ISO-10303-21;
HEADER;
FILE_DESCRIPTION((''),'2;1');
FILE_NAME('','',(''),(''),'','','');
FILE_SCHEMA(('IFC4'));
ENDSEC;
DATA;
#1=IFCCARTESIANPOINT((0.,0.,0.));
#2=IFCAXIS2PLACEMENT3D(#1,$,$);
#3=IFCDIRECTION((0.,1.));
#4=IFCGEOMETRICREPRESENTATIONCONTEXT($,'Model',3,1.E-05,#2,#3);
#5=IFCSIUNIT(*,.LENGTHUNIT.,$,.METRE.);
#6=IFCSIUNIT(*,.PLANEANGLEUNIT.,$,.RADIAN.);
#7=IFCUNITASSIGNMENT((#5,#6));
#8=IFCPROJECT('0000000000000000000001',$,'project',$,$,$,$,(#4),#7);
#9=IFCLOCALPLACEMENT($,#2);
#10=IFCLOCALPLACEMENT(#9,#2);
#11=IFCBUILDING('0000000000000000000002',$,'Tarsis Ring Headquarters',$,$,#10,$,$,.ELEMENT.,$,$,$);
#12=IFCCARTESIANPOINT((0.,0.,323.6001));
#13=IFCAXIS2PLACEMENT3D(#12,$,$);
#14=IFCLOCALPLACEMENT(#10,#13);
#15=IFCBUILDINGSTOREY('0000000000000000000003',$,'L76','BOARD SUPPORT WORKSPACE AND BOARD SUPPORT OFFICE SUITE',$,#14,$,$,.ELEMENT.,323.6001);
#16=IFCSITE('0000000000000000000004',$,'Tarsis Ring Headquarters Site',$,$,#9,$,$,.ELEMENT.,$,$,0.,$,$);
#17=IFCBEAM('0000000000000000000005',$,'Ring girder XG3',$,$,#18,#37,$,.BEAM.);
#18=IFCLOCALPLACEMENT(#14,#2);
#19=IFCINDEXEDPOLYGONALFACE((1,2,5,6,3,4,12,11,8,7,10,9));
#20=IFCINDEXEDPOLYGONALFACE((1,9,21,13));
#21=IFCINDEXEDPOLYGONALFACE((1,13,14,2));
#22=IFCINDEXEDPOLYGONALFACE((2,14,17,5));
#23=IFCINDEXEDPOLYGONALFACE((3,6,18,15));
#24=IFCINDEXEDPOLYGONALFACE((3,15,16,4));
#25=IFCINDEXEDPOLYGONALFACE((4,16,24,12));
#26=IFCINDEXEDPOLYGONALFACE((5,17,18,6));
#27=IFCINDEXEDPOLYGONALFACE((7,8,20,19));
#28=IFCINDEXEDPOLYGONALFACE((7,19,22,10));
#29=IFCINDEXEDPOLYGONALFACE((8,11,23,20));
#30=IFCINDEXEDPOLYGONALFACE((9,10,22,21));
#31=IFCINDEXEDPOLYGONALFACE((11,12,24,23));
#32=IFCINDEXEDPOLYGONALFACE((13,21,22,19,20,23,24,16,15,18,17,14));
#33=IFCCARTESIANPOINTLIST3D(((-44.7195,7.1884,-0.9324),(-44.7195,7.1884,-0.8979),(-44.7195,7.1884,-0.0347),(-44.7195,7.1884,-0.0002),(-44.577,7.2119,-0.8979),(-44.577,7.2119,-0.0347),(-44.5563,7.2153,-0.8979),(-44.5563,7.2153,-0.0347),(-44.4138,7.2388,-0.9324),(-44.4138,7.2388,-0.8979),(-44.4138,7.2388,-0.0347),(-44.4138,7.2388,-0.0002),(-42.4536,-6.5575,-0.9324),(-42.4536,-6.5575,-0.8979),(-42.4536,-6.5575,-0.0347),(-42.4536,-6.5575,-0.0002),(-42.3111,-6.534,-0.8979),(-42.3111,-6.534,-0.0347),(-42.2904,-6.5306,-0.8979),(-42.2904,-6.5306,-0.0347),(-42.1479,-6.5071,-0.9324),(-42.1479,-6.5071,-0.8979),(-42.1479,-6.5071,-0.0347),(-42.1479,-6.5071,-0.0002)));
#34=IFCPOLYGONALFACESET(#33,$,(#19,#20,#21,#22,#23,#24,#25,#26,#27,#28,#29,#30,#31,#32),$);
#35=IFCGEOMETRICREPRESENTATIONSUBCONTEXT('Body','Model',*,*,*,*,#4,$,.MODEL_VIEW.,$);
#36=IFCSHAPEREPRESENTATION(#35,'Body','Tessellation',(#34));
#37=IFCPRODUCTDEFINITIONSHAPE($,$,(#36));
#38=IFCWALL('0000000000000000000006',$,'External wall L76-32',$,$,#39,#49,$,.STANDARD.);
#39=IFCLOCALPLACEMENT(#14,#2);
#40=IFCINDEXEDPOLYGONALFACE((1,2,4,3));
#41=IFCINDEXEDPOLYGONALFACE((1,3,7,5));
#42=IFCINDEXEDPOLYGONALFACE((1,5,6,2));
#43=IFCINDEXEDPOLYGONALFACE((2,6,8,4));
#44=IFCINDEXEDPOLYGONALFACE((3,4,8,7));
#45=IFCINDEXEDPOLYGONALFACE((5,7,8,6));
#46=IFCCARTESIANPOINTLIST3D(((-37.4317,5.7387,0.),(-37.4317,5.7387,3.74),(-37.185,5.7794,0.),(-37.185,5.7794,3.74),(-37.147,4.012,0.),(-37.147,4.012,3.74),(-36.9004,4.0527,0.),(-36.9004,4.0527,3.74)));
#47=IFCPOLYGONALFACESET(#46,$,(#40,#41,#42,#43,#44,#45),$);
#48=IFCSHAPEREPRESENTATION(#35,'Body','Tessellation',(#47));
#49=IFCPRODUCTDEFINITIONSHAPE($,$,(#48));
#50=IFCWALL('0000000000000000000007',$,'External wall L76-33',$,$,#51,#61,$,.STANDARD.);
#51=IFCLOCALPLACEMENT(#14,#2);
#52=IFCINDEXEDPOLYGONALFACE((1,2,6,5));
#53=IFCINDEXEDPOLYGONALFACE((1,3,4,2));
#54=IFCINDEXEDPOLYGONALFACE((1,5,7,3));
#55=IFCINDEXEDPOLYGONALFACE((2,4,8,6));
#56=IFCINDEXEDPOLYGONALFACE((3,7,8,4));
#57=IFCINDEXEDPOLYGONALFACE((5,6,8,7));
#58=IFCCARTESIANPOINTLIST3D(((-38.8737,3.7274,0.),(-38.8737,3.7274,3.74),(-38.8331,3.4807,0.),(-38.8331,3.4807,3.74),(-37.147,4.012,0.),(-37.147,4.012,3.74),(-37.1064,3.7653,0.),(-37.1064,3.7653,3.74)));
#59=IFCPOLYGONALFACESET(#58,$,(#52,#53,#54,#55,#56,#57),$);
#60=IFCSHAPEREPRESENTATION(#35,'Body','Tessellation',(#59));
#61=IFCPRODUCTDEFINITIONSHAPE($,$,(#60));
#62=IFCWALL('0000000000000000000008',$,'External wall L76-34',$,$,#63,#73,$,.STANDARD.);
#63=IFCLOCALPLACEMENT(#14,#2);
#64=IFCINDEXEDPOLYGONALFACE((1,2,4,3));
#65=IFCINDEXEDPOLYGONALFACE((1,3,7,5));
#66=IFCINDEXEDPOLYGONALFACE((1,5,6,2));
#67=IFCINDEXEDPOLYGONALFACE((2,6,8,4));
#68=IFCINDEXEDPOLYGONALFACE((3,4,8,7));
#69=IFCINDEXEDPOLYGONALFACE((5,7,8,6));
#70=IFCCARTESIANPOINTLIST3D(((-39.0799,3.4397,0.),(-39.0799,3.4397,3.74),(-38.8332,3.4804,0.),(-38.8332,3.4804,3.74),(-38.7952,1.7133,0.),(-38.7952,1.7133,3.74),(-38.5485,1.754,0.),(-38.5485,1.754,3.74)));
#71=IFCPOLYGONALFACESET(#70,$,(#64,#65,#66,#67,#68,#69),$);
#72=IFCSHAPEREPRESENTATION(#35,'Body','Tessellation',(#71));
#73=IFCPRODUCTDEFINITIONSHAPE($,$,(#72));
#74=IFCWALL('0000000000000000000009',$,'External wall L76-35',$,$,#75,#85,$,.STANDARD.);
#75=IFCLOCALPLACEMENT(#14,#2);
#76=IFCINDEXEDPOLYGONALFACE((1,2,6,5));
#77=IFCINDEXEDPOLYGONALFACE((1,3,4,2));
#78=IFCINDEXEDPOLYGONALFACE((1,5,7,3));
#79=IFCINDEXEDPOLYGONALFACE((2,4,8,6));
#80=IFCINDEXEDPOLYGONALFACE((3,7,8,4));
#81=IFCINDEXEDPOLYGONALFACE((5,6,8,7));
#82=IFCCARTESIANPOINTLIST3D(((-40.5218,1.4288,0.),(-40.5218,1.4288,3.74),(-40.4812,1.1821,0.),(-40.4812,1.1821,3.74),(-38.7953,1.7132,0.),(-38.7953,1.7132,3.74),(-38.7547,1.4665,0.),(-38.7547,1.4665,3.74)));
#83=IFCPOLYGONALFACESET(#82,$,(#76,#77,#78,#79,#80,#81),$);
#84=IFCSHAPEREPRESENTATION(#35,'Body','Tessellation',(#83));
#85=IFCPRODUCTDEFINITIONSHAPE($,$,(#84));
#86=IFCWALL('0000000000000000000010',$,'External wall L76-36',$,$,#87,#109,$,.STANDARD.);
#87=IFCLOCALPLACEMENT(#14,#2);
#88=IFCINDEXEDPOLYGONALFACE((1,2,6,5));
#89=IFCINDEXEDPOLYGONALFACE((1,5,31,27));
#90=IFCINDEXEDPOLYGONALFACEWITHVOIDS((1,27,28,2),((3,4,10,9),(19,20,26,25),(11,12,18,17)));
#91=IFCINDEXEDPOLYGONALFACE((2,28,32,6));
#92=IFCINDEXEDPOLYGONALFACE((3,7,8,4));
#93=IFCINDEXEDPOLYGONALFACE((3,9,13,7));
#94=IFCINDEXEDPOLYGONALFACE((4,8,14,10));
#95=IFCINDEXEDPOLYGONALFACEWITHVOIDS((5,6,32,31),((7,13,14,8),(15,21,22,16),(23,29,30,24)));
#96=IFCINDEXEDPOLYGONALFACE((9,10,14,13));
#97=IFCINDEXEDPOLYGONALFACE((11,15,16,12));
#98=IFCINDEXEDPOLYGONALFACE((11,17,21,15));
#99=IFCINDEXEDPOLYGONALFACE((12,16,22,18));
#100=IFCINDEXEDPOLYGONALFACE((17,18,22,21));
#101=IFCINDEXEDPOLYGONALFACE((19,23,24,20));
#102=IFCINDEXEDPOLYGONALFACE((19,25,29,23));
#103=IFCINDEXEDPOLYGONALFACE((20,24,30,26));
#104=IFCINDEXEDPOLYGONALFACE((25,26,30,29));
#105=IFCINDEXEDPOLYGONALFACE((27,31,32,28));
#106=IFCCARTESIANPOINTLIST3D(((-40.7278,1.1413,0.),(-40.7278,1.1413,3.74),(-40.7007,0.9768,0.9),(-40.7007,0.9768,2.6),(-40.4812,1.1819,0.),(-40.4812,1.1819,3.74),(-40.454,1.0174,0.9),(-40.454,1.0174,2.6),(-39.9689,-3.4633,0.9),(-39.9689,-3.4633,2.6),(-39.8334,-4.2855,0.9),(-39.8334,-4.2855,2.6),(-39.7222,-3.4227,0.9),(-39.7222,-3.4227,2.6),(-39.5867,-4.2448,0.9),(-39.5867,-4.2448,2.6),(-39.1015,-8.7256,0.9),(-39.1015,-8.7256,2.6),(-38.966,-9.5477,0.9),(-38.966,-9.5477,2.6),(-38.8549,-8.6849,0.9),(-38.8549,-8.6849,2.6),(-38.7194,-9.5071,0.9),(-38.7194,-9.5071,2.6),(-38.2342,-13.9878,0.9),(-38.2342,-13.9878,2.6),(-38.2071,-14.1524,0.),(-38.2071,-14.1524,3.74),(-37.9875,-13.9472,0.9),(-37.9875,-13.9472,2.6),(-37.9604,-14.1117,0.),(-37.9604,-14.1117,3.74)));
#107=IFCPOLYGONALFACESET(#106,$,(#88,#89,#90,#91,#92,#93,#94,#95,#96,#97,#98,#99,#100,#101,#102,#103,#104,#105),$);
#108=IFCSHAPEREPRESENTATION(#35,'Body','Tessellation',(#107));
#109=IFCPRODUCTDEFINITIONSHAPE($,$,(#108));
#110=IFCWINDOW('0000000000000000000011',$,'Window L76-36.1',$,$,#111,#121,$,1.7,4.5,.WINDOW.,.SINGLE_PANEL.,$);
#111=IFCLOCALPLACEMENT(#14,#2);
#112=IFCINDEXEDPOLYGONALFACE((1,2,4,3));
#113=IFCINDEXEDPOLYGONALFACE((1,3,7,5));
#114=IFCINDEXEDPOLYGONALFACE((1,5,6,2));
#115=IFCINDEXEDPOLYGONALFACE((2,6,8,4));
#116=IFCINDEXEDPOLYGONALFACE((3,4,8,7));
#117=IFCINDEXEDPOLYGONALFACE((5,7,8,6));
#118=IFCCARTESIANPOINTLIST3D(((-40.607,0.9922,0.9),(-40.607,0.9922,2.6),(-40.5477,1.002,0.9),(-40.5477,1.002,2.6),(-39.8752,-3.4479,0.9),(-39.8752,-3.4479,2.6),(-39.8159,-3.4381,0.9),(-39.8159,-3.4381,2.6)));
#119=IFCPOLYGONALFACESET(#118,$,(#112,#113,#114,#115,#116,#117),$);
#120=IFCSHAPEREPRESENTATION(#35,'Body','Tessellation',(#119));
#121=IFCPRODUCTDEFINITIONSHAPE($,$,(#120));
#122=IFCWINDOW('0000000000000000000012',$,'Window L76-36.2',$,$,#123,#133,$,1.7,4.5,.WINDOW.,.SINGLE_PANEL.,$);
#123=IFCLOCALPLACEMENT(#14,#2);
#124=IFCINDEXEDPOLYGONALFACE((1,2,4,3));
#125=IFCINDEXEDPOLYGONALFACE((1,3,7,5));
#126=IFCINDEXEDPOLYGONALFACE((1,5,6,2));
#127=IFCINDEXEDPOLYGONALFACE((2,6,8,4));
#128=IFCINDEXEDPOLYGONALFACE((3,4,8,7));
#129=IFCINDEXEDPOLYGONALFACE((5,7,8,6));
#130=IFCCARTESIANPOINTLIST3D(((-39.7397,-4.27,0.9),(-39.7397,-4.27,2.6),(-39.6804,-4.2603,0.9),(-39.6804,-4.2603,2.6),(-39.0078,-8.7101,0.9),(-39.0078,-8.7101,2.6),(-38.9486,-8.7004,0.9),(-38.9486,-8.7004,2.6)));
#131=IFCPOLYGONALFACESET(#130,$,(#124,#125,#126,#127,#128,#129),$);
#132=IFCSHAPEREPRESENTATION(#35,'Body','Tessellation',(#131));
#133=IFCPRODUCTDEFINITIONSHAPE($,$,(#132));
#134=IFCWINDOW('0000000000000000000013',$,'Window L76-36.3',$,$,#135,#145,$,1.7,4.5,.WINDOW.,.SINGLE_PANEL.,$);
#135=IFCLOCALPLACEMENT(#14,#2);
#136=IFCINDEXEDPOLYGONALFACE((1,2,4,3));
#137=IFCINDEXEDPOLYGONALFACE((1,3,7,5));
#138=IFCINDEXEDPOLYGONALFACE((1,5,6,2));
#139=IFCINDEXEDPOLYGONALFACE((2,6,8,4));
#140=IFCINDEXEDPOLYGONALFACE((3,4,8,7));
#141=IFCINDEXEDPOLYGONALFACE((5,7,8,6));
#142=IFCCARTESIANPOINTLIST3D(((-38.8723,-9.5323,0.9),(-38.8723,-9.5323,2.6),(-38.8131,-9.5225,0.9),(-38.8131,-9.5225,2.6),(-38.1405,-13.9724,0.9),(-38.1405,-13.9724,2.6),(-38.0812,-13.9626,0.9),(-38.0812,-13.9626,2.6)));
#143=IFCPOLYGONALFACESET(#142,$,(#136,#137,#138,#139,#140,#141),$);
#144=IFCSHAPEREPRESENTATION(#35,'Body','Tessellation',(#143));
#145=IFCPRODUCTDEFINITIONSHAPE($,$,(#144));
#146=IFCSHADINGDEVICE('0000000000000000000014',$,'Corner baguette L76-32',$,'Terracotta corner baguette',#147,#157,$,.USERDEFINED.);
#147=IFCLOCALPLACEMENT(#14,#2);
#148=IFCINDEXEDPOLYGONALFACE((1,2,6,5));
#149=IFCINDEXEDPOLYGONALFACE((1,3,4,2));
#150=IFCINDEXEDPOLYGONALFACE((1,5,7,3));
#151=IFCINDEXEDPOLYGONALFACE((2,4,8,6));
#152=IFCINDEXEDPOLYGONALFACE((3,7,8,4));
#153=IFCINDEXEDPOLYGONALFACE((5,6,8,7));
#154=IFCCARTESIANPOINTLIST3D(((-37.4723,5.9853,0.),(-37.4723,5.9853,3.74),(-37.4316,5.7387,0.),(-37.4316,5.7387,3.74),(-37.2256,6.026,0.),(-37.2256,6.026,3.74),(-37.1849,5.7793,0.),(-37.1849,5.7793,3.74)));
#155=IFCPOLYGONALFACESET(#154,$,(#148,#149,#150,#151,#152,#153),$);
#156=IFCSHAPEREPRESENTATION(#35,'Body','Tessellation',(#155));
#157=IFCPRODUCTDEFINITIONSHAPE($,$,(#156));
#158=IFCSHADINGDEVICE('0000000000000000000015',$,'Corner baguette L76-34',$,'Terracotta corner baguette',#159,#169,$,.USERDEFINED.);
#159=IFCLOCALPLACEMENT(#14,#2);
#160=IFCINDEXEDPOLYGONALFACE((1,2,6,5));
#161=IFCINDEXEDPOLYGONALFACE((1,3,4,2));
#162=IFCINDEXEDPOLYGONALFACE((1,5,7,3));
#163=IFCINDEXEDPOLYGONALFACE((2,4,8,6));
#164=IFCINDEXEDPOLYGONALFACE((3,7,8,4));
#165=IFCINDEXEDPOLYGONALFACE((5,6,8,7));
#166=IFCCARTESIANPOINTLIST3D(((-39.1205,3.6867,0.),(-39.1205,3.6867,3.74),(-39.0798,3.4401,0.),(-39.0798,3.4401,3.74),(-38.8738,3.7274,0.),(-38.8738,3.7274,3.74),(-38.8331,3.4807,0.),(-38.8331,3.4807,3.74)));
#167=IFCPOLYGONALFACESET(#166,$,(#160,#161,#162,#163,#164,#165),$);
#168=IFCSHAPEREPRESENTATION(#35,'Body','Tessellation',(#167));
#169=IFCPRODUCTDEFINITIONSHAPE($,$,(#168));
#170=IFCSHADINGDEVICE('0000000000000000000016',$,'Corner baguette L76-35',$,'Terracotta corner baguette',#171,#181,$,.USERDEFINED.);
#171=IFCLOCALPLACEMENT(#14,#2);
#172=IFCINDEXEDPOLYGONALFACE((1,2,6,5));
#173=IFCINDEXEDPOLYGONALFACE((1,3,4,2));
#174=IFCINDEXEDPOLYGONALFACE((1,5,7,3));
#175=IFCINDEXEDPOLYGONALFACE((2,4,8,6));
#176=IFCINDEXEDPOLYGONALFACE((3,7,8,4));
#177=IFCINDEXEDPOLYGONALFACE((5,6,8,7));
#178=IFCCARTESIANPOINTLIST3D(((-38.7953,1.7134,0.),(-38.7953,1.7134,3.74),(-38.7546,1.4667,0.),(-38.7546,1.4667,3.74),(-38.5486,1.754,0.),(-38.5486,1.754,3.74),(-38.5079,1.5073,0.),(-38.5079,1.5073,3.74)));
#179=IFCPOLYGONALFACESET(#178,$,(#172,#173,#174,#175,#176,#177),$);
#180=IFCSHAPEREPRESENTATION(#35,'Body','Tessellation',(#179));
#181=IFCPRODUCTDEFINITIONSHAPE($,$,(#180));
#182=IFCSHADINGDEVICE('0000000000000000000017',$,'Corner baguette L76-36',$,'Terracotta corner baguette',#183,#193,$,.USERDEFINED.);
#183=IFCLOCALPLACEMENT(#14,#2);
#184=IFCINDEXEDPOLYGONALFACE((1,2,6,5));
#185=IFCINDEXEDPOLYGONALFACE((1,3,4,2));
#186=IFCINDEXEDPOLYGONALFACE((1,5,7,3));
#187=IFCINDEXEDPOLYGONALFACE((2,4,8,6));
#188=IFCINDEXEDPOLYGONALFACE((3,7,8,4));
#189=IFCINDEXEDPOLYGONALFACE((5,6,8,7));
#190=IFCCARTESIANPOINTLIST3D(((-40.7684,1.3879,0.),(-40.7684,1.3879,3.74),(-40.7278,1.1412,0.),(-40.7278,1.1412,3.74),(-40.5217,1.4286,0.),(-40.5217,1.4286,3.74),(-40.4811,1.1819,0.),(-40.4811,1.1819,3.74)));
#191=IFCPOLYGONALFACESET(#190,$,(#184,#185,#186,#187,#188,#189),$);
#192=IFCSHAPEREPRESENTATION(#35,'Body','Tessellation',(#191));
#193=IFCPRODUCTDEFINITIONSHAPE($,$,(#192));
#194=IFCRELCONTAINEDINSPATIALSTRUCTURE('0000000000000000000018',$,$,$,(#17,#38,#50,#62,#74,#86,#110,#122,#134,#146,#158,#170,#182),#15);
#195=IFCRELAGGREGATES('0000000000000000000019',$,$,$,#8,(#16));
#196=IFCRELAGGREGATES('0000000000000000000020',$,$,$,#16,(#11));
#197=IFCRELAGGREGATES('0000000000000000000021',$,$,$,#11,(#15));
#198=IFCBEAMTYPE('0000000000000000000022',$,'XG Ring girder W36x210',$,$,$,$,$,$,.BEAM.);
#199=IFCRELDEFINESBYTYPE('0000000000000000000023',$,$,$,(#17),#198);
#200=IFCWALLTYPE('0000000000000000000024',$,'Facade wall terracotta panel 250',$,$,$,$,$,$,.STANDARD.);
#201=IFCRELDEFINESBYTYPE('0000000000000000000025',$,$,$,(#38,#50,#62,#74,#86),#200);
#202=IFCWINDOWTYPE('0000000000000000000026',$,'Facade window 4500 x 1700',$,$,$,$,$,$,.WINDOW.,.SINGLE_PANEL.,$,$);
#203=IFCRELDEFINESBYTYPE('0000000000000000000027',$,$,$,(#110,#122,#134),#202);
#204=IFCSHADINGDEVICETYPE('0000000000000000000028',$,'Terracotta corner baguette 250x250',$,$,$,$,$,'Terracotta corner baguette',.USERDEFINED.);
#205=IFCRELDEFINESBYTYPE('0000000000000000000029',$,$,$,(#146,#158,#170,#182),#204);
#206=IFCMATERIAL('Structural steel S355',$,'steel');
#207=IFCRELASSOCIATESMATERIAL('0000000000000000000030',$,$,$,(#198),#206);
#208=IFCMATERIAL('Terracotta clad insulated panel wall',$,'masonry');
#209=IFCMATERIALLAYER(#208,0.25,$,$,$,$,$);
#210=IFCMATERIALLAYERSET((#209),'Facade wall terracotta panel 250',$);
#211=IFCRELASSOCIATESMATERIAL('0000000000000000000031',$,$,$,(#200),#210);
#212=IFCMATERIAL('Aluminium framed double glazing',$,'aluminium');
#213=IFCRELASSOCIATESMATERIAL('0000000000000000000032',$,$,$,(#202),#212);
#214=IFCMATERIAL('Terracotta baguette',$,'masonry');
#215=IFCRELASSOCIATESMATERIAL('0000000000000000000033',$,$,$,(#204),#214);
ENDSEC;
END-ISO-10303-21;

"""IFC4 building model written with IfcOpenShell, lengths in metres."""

from ifc_helpers import new_model, si_unit, direction, frame, frame_2d, origin, origin_2d, place, context, subcontext, project, spatial, rectangle, i_section, extrude, material, layer, layer_set, material_profile, profile_set, type_object, element, fill, save


model = new_model("IFC4")

# Units and contexts
model_context = context("Model", 3, precision=1e-05, world=origin(), true_north=direction((0.0, 1.0)))
body_context = subcontext(model_context, "Body", "Model", "MODEL_VIEW")
ifc_project = project(units=[si_unit("LENGTHUNIT", "METRE"), si_unit("PLANEANGLEUNIT", "RADIAN")], contexts=[model_context])

# Site, building, storey
site_placement = place(None, origin())
site = spatial("IfcSite", under=ifc_project, at=site_placement, Name="Tarsis Ring Headquarters Site", CompositionType="ELEMENT", RefElevation=0.0)
building_placement = place(site_placement, origin())
building = spatial("IfcBuilding", under=site, at=building_placement, Name="Tarsis Ring Headquarters", CompositionType="ELEMENT")
storey_placement = place(building_placement, frame((0.0, 0.0, 323.6001)))
storey = spatial("IfcBuildingStorey", under=building, at=storey_placement, Name="L76", Description="BOARD SUPPORT WORKSPACE AND BOARD SUPPORT OFFICE SUITE", CompositionType="ELEMENT", Elevation=323.6001)

# Shared definitions
ifc_material_1 = material(Name="Structural steel S355", Category="steel")

# Beam
ifc_material_profile_1 = material_profile(ifc_material_1, i_section(OverallWidth=0.3098, OverallDepth=0.9321, WebThickness=0.021, FlangeThickness=0.0344, at=origin_2d()), Name="W36x210")
ifc_profile_set_1 = profile_set([ifc_material_profile_1], Name="Structural steel S355")
beam_type_1 = type_object("IfcBeamType", Name="XG Ring girder W36x210", PredefinedType="BEAM", material=ifc_profile_set_1)
beam_placement = place(storey_placement, frame((-44.5667, 7.2136, -0.4663), z_axis=(0.162645, -0.986685, 0.0), x_axis=(0.986685, 0.162645, 0.0)))
element("IfcBeam", 1, at=beam_placement, inside=storey, type_object=beam_type_1, Name="Ring girder XG3", PredefinedType="BEAM", context=body_context, shape_type="SweptSolid", body=[
    extrude(i_section(OverallWidth=0.3098, OverallDepth=0.9321, WebThickness=0.021, FlangeThickness=0.0344, at=origin_2d()), origin(), (0.0, 0.0, 1.0), 13.9314),
])

# Walls
ifc_material_2 = material(Name="Terracotta clad insulated panel wall", Category="masonry")
ifc_layer = layer(ifc_material_2, 0.25)
ifc_layer_set = layer_set([ifc_layer], Name="Facade wall terracotta panel 250")
wall_type = type_object("IfcWallType", Name="Facade wall terracotta panel 250", PredefinedType="STANDARD", material=ifc_layer_set)
for number, where, z_axis, x_axis, name in (
    (2, (-37.3083, 5.759, 0.0), (0.0, 0.0, 1.0), (0.162657, -0.986683, 0.0), "External wall L76-32"),
    (3, (-37.1267, 3.8887, 0.0), (0.0, 0.0, 1.0), (-0.986683, -0.162657, 0.0), "External wall L76-33"),
):
    element("IfcWall", number, at=place(storey_placement, frame(where, z_axis=z_axis, x_axis=x_axis)), inside=storey, type_object=wall_type, Name=name, PredefinedType="STANDARD", context=body_context, shape_type="SweptSolid", body=[
        extrude(rectangle(XDim=1.75, YDim=0.25, at=frame_2d((0.875, 0.0))), origin(), (0.0, 0.0, 1.0), 3.74),
    ])
for number, where, z_axis, x_axis, name in (
    (4, (-38.9565, 3.4602, 0.0), (0.0, 0.0, 1.0), (0.162679, -0.986679, 0.0), "External wall L76-34"),
    (5, (-38.7749, 1.5898, 0.0), (0.0, 0.0, 1.0), (-0.986701, -0.162543, 0.0), "External wall L76-35"),
):
    element("IfcWall", number, at=place(storey_placement, frame(where, z_axis=z_axis, x_axis=x_axis)), inside=storey, type_object=wall_type, Name=name, PredefinedType="STANDARD", context=body_context, shape_type="SweptSolid", body=[
        extrude(rectangle(XDim=1.7498, YDim=0.25, at=frame_2d((0.875, 0.0))), origin(), (0.0, 0.0, 1.0), 3.74),
    ])

# Wall, openings, windows
wall_placement = place(storey_placement, frame((-40.6045, 1.1616, 0.0), z_axis=(0.0, 0.0, 1.0), x_axis=(0.162629, -0.986687, 0.0)))
wall = element("IfcWall", 6, at=wall_placement, inside=storey, type_object=wall_type, Name="External wall L76-36", PredefinedType="STANDARD", context=body_context, shape_type="SweptSolid", body=[
    extrude(rectangle(XDim=15.5, YDim=0.25, at=frame_2d((7.75, 0.0))), origin(), (0.0, 0.0, 1.0), 3.74),
])
opening_1_placement = place(wall_placement, frame((0.1667, 0.0, 0.8999)))
opening_1 = element("IfcOpeningElement", 7, at=opening_1_placement, cuts=wall, PredefinedType="OPENING", context=body_context, shape_type="SweptSolid", body=[
    extrude(rectangle(XDim=4.5, YDim=1.7, at=frame_2d((2.25, 0.8501))), frame((0.0, 0.135, 0.0), z_axis=(0.0, -1.0, 0.0), x_axis=(1.0, 0.0, 0.0)), (0.0, 0.0, 1.0), 0.27),
])
opening_2_placement = place(wall_placement, frame((5.5, 0.0, 0.8999)))
opening_2 = element("IfcOpeningElement", 8, at=opening_2_placement, cuts=wall, PredefinedType="OPENING", context=body_context, shape_type="SweptSolid", body=[
    extrude(rectangle(XDim=4.5, YDim=1.7, at=frame_2d((2.25, 0.8501))), frame((0.0, 0.135, 0.0), z_axis=(0.0, -1.0, 0.0), x_axis=(1.0, 0.0, 0.0)), (0.0, 0.0, 1.0), 0.27),
])
opening_3_placement = place(wall_placement, frame((10.8333, 0.0, 0.8999)))
opening_3 = element("IfcOpeningElement", 9, at=opening_3_placement, cuts=wall, PredefinedType="OPENING", context=body_context, shape_type="SweptSolid", body=[
    extrude(rectangle(XDim=4.5, YDim=1.7, at=frame_2d((2.25, 0.8501))), frame((0.0, 0.135, 0.0), z_axis=(0.0, -1.0, 0.0), x_axis=(1.0, 0.0, 0.0)), (0.0, 0.0, 1.0), 0.27),
])
ifc_material_3 = material(Name="Aluminium framed double glazing", Category="aluminium")
window_type = type_object("IfcWindowType", Name="Facade window 4500 x 1700", PartitioningType="SINGLE_PANEL", PredefinedType="WINDOW", material=ifc_material_3)
window_1_placement = place(opening_1_placement, origin())
window_1 = element("IfcWindow", 10, at=window_1_placement, inside=storey, type_object=window_type, Name="Window L76-36.1", OverallHeight=1.7, OverallWidth=4.5, PartitioningType="SINGLE_PANEL", PredefinedType="WINDOW", context=body_context, shape_type="SweptSolid", body=[
    extrude(rectangle(XDim=4.5, YDim=1.7, at=frame_2d((2.25, 0.8501))), frame((0.0, 0.03, 0.0), z_axis=(0.0, -1.0, 0.0), x_axis=(1.0, 0.0, 0.0)), (0.0, 0.0, 1.0), 0.0601),
])
fill(opening_1, window_1)
window_2_placement = place(opening_2_placement, origin())
window_2 = element("IfcWindow", 11, at=window_2_placement, inside=storey, type_object=window_type, Name="Window L76-36.2", OverallHeight=1.7, OverallWidth=4.5, PartitioningType="SINGLE_PANEL", PredefinedType="WINDOW", context=body_context, shape_type="SweptSolid", body=[
    extrude(rectangle(XDim=4.5, YDim=1.7, at=frame_2d((2.25, 0.8501))), frame((0.0, 0.03, 0.0), z_axis=(0.0, -1.0, 0.0), x_axis=(1.0, 0.0, 0.0)), (0.0, 0.0, 1.0), 0.0601),
])
fill(opening_2, window_2)
window_3_placement = place(opening_3_placement, origin())
window_3 = element("IfcWindow", 12, at=window_3_placement, inside=storey, type_object=window_type, Name="Window L76-36.3", OverallHeight=1.7, OverallWidth=4.5, PartitioningType="SINGLE_PANEL", PredefinedType="WINDOW", context=body_context, shape_type="SweptSolid", body=[
    extrude(rectangle(XDim=4.5, YDim=1.7, at=frame_2d((2.25, 0.8501))), frame((0.0, 0.03, 0.0), z_axis=(0.0, -1.0, 0.0), x_axis=(1.0, 0.0, 0.0)), (0.0, 0.0, 1.0), 0.0601),
])
fill(opening_3, window_3)

# Shading devices
ifc_material_4 = material(Name="Terracotta baguette", Category="masonry")
shading_device_type_1 = type_object("IfcShadingDeviceType", Name="Terracotta corner baguette 250x250", ElementType="Terracotta corner baguette", PredefinedType="USERDEFINED", material=ifc_material_4)
for number, where, z_axis, x_axis, name in (
    (13, (-37.3286, 5.8823, 0.0), (0.0, 0.0, 1.0), (-0.986686, -0.162637, 0.0), "Corner baguette L76-32"),
    (14, (-38.9768, 3.5837, 0.0), (0.0, 0.0, 1.0), (-0.986686, -0.162637, 0.0), "Corner baguette L76-34"),
    (15, (-38.6516, 1.6104, 0.0), (0.0, 0.0, 1.0), (0.162637, -0.986686, 0.0), "Corner baguette L76-35"),
    (16, (-40.6248, 1.2849, 0.0), (0.0, 0.0, 1.0), (-0.986686, -0.162637, 0.0), "Corner baguette L76-36"),
):
    element("IfcShadingDevice", number, at=place(storey_placement, frame(where, z_axis=z_axis, x_axis=x_axis)), inside=storey, type_object=shading_device_type_1, Name=name, ObjectType="Terracotta corner baguette", PredefinedType="USERDEFINED", context=body_context, shape_type="SweptSolid", body=[
        extrude(rectangle(XDim=0.25, YDim=0.25, at=origin_2d()), origin(), (0.0, 0.0, 1.0), 3.74),
    ])

save(model, "model.ifc")
